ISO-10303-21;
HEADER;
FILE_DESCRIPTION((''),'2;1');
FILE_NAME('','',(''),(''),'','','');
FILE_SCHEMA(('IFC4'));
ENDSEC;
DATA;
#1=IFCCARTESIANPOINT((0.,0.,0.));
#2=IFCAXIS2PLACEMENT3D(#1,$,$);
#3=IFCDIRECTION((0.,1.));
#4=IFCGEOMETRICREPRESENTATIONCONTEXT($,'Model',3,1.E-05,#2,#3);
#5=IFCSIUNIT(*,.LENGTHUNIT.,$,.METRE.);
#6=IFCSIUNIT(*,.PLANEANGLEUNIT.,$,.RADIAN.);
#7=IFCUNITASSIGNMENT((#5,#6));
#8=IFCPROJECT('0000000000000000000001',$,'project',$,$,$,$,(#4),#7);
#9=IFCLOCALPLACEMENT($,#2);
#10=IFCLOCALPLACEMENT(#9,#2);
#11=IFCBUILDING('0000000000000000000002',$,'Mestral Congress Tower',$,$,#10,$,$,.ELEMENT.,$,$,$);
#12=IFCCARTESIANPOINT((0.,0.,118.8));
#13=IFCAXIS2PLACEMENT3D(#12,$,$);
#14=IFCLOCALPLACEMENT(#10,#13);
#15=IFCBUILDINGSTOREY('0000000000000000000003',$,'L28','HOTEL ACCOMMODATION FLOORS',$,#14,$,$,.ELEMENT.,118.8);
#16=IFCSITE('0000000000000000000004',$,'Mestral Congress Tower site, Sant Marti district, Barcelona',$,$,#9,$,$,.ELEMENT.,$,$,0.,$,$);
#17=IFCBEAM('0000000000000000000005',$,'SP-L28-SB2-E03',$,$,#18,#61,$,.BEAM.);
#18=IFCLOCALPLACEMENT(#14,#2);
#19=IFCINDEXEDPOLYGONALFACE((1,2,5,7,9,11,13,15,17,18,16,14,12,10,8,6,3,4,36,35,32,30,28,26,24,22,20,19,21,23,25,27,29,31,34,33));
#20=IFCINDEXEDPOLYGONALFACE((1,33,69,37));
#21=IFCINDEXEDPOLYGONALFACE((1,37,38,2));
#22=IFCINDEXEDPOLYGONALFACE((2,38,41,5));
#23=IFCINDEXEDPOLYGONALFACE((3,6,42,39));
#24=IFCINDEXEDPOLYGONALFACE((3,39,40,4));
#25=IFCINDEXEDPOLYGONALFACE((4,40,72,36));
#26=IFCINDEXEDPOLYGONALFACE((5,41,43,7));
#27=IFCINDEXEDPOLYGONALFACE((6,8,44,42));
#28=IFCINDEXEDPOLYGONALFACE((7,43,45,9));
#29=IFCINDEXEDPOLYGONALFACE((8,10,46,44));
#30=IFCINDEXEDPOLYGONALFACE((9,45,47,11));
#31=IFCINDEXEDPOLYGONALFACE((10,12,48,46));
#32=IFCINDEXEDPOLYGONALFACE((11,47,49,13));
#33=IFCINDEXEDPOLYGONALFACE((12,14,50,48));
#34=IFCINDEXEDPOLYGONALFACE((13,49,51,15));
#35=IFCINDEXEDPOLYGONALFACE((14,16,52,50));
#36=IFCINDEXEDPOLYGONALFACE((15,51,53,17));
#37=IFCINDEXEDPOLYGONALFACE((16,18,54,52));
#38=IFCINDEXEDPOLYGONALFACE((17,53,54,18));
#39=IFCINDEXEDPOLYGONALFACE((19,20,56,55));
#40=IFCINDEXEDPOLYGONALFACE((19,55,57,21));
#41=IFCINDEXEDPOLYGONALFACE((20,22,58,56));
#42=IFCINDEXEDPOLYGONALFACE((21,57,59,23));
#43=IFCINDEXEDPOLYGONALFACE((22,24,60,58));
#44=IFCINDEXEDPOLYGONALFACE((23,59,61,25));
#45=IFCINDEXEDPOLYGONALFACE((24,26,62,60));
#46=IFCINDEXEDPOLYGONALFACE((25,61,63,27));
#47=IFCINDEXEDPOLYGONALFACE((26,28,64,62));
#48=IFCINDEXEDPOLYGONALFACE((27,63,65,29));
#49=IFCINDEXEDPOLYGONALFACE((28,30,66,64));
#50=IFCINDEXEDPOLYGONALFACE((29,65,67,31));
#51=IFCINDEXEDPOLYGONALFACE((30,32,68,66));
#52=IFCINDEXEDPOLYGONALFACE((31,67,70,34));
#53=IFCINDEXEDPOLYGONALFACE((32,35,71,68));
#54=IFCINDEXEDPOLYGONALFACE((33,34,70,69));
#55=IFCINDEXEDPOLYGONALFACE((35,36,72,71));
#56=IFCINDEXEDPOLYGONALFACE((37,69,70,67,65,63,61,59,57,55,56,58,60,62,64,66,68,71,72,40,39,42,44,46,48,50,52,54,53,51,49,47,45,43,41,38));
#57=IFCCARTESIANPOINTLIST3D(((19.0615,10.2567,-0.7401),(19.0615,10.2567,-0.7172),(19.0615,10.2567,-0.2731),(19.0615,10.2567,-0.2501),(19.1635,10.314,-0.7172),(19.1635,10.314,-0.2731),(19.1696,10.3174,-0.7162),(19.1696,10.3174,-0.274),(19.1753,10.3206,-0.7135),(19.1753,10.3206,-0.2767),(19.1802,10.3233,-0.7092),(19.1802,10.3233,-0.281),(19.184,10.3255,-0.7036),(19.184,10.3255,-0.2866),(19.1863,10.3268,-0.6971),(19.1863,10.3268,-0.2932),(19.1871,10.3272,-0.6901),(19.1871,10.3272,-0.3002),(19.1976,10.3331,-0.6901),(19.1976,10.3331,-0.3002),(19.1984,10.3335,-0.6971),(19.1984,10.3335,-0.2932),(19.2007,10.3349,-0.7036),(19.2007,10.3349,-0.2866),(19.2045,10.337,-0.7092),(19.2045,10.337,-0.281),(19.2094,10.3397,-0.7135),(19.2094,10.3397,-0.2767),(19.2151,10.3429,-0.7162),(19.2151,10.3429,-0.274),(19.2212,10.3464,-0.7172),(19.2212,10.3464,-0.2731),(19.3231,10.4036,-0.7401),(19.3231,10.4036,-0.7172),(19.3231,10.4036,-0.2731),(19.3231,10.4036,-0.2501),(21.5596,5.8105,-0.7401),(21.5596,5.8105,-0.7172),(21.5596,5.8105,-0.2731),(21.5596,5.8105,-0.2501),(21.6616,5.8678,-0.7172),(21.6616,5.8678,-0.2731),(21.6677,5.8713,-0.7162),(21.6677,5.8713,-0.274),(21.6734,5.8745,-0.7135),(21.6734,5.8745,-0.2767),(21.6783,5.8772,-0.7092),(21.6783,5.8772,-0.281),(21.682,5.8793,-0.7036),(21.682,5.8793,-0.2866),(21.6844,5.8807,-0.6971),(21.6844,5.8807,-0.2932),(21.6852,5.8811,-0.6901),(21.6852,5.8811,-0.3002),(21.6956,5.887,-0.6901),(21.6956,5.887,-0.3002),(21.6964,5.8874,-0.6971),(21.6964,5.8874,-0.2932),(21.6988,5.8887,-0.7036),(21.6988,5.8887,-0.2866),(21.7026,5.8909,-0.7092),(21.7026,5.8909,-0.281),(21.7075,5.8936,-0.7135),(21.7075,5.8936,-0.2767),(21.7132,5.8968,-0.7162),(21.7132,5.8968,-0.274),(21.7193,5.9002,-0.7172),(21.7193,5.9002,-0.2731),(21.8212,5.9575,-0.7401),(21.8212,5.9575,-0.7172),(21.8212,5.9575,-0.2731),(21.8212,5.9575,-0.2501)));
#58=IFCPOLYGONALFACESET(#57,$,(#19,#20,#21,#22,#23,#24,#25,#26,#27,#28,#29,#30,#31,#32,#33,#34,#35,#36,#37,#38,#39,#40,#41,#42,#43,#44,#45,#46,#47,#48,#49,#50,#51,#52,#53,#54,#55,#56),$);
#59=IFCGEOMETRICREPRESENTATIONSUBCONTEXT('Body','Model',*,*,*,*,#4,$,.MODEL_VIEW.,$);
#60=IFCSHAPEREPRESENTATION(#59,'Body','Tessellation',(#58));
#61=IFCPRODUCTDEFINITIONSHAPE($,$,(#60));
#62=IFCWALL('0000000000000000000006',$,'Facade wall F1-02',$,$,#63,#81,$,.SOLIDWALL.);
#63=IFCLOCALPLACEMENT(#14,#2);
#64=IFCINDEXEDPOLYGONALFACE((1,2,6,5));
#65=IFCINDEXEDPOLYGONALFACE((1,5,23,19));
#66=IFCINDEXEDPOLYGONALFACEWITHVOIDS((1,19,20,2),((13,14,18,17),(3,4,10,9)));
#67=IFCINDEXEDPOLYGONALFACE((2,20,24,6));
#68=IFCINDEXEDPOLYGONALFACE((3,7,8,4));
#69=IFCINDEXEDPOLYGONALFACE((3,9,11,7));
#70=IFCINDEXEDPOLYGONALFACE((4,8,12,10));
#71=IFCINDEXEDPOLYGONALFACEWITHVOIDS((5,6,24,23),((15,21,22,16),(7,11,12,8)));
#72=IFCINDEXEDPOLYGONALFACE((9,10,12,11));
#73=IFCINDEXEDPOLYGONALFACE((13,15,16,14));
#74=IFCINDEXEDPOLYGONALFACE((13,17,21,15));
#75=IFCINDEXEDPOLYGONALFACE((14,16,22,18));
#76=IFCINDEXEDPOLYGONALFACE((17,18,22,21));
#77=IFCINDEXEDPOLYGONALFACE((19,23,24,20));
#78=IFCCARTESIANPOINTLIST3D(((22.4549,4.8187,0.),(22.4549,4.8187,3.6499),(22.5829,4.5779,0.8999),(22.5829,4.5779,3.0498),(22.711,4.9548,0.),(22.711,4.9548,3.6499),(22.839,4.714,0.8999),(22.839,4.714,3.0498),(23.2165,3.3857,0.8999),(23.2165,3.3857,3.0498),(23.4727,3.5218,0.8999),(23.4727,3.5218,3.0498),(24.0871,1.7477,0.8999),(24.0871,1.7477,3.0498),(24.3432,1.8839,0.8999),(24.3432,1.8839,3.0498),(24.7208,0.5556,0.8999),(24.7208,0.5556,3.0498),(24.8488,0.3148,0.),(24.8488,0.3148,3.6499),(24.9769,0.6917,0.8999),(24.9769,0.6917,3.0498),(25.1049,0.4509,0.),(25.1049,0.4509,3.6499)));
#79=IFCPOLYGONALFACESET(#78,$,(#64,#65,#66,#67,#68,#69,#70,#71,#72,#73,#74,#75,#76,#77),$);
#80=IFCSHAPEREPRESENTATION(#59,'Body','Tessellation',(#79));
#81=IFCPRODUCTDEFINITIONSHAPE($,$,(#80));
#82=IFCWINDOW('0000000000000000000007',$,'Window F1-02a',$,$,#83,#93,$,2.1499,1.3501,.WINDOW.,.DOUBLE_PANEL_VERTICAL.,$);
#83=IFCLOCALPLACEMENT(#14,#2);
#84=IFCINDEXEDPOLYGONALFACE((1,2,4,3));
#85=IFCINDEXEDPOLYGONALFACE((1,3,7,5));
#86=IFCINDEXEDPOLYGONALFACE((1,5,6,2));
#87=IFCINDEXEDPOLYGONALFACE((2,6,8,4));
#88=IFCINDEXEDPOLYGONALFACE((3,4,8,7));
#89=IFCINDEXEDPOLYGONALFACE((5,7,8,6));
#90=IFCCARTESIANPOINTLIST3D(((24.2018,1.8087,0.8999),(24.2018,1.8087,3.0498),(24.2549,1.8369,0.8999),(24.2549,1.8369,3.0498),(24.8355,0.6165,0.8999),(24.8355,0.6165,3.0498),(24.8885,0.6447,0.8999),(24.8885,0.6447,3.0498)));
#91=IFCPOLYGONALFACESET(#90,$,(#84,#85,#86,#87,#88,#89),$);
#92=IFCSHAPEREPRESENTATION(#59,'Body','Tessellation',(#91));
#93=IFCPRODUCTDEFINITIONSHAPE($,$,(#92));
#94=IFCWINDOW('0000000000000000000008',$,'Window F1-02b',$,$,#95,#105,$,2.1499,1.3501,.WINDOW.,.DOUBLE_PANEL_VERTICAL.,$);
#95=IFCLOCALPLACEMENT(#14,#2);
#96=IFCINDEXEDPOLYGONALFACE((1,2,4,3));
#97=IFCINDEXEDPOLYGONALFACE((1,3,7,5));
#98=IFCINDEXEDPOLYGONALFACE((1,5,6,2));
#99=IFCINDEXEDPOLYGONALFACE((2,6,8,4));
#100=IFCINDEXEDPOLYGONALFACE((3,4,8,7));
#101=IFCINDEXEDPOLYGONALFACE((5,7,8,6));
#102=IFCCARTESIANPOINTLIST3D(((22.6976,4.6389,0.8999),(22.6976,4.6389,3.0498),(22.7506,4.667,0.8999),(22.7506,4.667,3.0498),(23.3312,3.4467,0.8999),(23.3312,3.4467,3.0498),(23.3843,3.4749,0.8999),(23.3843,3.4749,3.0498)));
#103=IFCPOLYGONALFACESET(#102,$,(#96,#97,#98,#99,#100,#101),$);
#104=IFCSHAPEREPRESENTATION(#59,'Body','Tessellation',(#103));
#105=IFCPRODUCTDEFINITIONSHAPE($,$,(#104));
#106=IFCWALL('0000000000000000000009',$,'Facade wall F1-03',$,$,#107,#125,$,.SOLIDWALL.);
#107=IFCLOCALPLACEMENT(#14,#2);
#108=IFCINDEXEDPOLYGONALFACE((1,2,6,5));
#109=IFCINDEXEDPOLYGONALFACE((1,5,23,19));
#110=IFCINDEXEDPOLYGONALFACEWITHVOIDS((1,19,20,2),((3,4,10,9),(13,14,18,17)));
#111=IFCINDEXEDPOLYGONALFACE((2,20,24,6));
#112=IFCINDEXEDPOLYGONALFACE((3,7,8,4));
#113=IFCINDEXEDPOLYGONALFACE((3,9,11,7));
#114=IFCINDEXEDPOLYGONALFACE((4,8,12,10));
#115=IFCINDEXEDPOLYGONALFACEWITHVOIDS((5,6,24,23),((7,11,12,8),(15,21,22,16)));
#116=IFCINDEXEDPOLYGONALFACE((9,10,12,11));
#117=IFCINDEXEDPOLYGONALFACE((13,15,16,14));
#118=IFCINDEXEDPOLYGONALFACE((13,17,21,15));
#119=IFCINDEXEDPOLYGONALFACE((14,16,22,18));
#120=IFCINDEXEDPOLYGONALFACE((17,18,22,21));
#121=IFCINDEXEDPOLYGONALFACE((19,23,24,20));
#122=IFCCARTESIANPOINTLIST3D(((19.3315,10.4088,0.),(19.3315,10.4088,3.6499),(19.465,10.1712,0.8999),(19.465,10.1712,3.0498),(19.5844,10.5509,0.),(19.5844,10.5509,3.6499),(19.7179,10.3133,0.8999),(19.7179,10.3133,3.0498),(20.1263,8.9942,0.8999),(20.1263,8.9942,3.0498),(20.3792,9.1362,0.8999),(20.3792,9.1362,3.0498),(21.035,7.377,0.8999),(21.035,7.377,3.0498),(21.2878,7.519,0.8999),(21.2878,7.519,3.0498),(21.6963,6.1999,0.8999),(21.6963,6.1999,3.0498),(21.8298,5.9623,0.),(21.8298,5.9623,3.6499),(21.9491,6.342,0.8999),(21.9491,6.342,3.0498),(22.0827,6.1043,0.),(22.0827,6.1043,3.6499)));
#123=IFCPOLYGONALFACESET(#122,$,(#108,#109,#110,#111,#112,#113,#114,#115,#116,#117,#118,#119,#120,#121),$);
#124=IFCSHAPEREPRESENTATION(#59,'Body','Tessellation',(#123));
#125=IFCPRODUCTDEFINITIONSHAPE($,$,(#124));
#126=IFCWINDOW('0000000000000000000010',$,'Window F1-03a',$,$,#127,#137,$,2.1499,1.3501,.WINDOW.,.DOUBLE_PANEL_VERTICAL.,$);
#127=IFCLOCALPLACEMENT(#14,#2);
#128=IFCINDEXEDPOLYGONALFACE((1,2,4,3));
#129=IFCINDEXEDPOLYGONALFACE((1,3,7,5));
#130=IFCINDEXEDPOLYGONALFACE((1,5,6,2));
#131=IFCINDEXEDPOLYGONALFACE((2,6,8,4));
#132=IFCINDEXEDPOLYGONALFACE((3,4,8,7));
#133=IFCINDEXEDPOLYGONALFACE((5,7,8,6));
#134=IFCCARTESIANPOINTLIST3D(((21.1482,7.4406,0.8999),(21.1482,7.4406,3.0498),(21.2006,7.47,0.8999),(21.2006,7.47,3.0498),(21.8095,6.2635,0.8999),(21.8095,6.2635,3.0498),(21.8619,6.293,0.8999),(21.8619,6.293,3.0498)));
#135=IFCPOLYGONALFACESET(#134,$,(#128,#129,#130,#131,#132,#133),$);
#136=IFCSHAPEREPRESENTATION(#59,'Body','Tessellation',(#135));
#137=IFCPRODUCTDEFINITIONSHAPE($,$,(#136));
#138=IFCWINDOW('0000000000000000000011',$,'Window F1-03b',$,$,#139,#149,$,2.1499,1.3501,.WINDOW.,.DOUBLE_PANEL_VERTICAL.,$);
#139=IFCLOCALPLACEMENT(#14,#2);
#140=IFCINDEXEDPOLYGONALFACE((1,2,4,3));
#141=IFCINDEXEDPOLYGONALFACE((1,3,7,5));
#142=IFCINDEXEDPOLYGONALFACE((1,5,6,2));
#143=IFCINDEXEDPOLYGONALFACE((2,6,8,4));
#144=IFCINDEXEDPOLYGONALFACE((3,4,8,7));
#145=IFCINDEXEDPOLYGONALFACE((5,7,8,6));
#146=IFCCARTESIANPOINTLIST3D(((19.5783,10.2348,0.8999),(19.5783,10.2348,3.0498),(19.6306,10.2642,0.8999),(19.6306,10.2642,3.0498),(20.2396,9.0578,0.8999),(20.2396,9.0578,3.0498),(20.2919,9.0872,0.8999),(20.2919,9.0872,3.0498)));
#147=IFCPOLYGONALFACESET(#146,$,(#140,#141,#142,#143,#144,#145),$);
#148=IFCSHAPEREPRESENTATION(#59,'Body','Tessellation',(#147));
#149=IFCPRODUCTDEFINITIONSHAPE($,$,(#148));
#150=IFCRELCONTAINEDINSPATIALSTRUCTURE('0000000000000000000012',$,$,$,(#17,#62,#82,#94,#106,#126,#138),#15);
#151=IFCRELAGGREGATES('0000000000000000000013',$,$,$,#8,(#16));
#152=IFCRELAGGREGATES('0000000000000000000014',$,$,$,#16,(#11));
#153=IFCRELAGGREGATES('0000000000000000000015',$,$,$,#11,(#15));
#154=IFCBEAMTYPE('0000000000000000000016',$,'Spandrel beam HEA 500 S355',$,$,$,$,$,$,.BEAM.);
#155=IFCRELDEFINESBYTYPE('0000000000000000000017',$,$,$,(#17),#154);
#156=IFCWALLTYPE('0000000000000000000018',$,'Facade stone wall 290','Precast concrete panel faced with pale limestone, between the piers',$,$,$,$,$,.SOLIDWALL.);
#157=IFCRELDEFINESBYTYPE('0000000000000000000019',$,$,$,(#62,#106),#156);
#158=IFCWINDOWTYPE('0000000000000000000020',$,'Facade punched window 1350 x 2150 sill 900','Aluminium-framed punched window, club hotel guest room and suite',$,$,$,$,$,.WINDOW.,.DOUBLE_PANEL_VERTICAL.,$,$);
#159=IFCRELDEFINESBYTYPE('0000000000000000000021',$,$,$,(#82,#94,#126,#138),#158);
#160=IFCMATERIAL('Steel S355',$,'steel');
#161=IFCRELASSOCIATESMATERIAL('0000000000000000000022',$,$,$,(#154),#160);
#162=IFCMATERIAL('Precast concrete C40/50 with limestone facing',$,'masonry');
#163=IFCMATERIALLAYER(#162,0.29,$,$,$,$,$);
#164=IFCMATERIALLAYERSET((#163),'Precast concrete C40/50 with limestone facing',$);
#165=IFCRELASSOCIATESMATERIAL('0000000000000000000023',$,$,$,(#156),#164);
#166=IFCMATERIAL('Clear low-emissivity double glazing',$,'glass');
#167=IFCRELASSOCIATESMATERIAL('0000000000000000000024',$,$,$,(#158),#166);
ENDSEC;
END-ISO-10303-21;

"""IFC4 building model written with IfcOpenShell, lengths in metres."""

from ifc_helpers import new_model, si_unit, direction, frame, frame_2d, origin, origin_2d, place, context, subcontext, project, spatial, rectangle, i_section, extrude, material, layer, layer_set, material_profile, profile_set, type_object, element, fill, save


model = new_model("IFC4")

# Units and contexts
model_context = context("Model", 3, precision=1e-05, world=origin(), true_north=direction((0.0, 1.0)))
body_context = subcontext(model_context, "Body", "Model", "MODEL_VIEW")
ifc_project = project(units=[si_unit("LENGTHUNIT", "METRE"), si_unit("PLANEANGLEUNIT", "RADIAN")], contexts=[model_context])

# Site, building, storey
site_placement = place(None, origin())
site = spatial("IfcSite", under=ifc_project, at=site_placement, Name="Mestral Congress Tower site, Sant Marti district, Barcelona", CompositionType="ELEMENT", RefElevation=0.0)
building_placement = place(site_placement, origin())
building = spatial("IfcBuilding", under=site, at=building_placement, Name="Mestral Congress Tower", CompositionType="ELEMENT")
storey_placement = place(building_placement, frame((0.0, 0.0, 118.8)))
storey = spatial("IfcBuildingStorey", under=building, at=storey_placement, Name="L28", Description="HOTEL ACCOMMODATION FLOORS", CompositionType="ELEMENT", Elevation=118.8)

# Beam
ifc_material_1 = material(Name="Steel S355", Category="steel")
ifc_material_profile_1 = material_profile(ifc_material_1, i_section(OverallWidth=0.3, OverallDepth=0.49, WebThickness=0.012, FlangeThickness=0.0229, FilletRadius=0.0271, at=origin_2d()), Name="HEA 500")
ifc_profile_set_1 = profile_set([ifc_material_profile_1], Name="Steel S355")
beam_type_1 = type_object("IfcBeamType", Name="Spandrel beam HEA 500 S355", PredefinedType="BEAM", material=ifc_profile_set_1)
for number, where, z_axis, x_axis, name in (
    (1, (21.6904, 5.884, -0.4951), (-0.489836, 0.871815, 0.0), (-0.871815, -0.489836, 0.0), "SP-L28-SB2-E03"),
):
    element("IfcBeam", number, at=place(storey_placement, frame(where, z_axis=z_axis, x_axis=x_axis)), inside=storey, type_object=beam_type_1, Name=name, PredefinedType="BEAM", context=body_context, shape_type="SweptSolid", body=[
        extrude(i_section(OverallWidth=0.3, OverallDepth=0.49, WebThickness=0.012, FlangeThickness=0.0229, FilletRadius=0.0271, at=origin_2d()), origin(), (0.0, 0.0, 1.0), 5.0999),
    ])

# Walls, openings, windows
ifc_material_2 = material(Name="Precast concrete C40/50 with limestone facing", Category="masonry")
ifc_layer_1 = layer(ifc_material_2, 0.29)
ifc_layer_set_1 = layer_set([ifc_layer_1], Name="Precast concrete C40/50 with limestone facing")
wall_type_1 = type_object("IfcWallType", Name="Facade stone wall 290", Description="Precast concrete panel faced with pale limestone, between the piers", PredefinedType="SOLIDWALL", material=ifc_layer_set_1)
wall_1_placement = place(storey_placement, frame((24.9768, 0.3828, 0.0), z_axis=(0.0, 0.0, 1.0), x_axis=(-0.469323, 0.883026, 0.0)))
wall_1 = element("IfcWall", 2, at=wall_1_placement, inside=storey, type_object=wall_type_1, Name="Facade wall F1-02", PredefinedType="SOLIDWALL", context=body_context, shape_type="SweptSolid", body=[
    extrude(rectangle(XDim=5.1006, YDim=0.29, at=frame_2d((2.5503, 0.0))), origin(), (0.0, 0.0, 1.0), 3.6499),
])
opening_1_placement = place(wall_1_placement, frame((0.2727, 0.0, 0.8999)))
opening_1 = element("IfcOpeningElement", 3, at=opening_1_placement, cuts=wall_1, PredefinedType="OPENING", context=body_context, shape_type="SweptSolid", body=[
    extrude(rectangle(XDim=1.3501, YDim=2.1499, at=frame_2d((0.675, 1.075))), frame((0.0, 0.155, 0.0), z_axis=(0.0, -1.0, 0.0), x_axis=(1.0, 0.0, 0.0)), (0.0, 0.0, 1.0), 0.3101),
])
opening_2_placement = place(wall_1_placement, frame((3.4778, 0.0, 0.8999)))
opening_2 = element("IfcOpeningElement", 4, at=opening_2_placement, cuts=wall_1, PredefinedType="OPENING", context=body_context, shape_type="SweptSolid", body=[
    extrude(rectangle(XDim=1.3501, YDim=2.1499, at=frame_2d((0.675, 1.075))), frame((0.0, 0.155, 0.0), z_axis=(0.0, -1.0, 0.0), x_axis=(1.0, 0.0, 0.0)), (0.0, 0.0, 1.0), 0.3101),
])
ifc_material_3 = material(Name="Clear low-emissivity double glazing", Category="glass")
window_type = type_object("IfcWindowType", Name="Facade punched window 1350 x 2150 sill 900", Description="Aluminium-framed punched window, club hotel guest room and suite", PartitioningType="DOUBLE_PANEL_VERTICAL", PredefinedType="WINDOW", material=ifc_material_3)
window_1_placement = place(opening_1_placement, origin())
window_1 = element("IfcWindow", 5, at=window_1_placement, inside=storey, type_object=window_type, Name="Window F1-02a", OverallHeight=2.1499, OverallWidth=1.3501, PartitioningType="DOUBLE_PANEL_VERTICAL", PredefinedType="WINDOW", context=body_context, shape_type="SweptSolid", body=[
    extrude(rectangle(XDim=1.3501, YDim=2.1499, at=frame_2d((0.675, 1.075))), frame((0.0, 0.0151, 0.0), z_axis=(0.0, -1.0, 0.0), x_axis=(1.0, 0.0, 0.0)), (0.0, 0.0, 1.0), 0.0601),
])
fill(opening_1, window_1)
window_2_placement = place(opening_2_placement, origin())
window_2 = element("IfcWindow", 6, at=window_2_placement, inside=storey, type_object=window_type, Name="Window F1-02b", OverallHeight=2.1499, OverallWidth=1.3501, PartitioningType="DOUBLE_PANEL_VERTICAL", PredefinedType="WINDOW", context=body_context, shape_type="SweptSolid", body=[
    extrude(rectangle(XDim=1.3501, YDim=2.1499, at=frame_2d((0.675, 1.075))), frame((0.0, 0.0151, 0.0), z_axis=(0.0, -1.0, 0.0), x_axis=(1.0, 0.0, 0.0)), (0.0, 0.0, 1.0), 0.0601),
])
fill(opening_2, window_2)
wall_2_placement = place(storey_placement, frame((21.9563, 6.0332, 0.0), z_axis=(0.0, 0.0, 1.0), x_axis=(-0.489832, 0.871817, 0.0)))
wall_2 = element("IfcWall", 7, at=wall_2_placement, inside=storey, type_object=wall_type_1, Name="Facade wall F1-03", PredefinedType="SOLIDWALL", context=body_context, shape_type="SweptSolid", body=[
    extrude(rectangle(XDim=5.1003, YDim=0.29, at=frame_2d((2.5503, 0.0))), origin(), (0.0, 0.0, 1.0), 3.6499),
])
opening_3_placement = place(wall_2_placement, frame((0.2727, 0.0, 0.8999)))
opening_3 = element("IfcOpeningElement", 8, at=opening_3_placement, cuts=wall_2, PredefinedType="OPENING", context=body_context, shape_type="SweptSolid", body=[
    extrude(rectangle(XDim=1.3501, YDim=2.1499, at=frame_2d((0.675, 1.075))), frame((0.0, 0.155, 0.0), z_axis=(0.0, -1.0, 0.0), x_axis=(1.0, 0.0, 0.0)), (0.0, 0.0, 1.0), 0.3101),
])
opening_4_placement = place(wall_2_placement, frame((3.4778, 0.0, 0.8999)))
opening_4 = element("IfcOpeningElement", 9, at=opening_4_placement, cuts=wall_2, PredefinedType="OPENING", context=body_context, shape_type="SweptSolid", body=[
    extrude(rectangle(XDim=1.3501, YDim=2.1499, at=frame_2d((0.675, 1.075))), frame((0.0, 0.155, 0.0), z_axis=(0.0, -1.0, 0.0), x_axis=(1.0, 0.0, 0.0)), (0.0, 0.0, 1.0), 0.3101),
])
window_3_placement = place(opening_3_placement, origin())
window_3 = element("IfcWindow", 10, at=window_3_placement, inside=storey, type_object=window_type, Name="Window F1-03a", OverallHeight=2.1499, OverallWidth=1.3501, PartitioningType="DOUBLE_PANEL_VERTICAL", PredefinedType="WINDOW", context=body_context, shape_type="SweptSolid", body=[
    extrude(rectangle(XDim=1.3501, YDim=2.1499, at=frame_2d((0.675, 1.075))), frame((0.0, 0.0151, 0.0), z_axis=(0.0, -1.0, 0.0), x_axis=(1.0, 0.0, 0.0)), (0.0, 0.0, 1.0), 0.0601),
])
fill(opening_3, window_3)
window_4_placement = place(opening_4_placement, origin())
window_4 = element("IfcWindow", 11, at=window_4_placement, inside=storey, type_object=window_type, Name="Window F1-03b", OverallHeight=2.1499, OverallWidth=1.3501, PartitioningType="DOUBLE_PANEL_VERTICAL", PredefinedType="WINDOW", context=body_context, shape_type="SweptSolid", body=[
    extrude(rectangle(XDim=1.3501, YDim=2.1499, at=frame_2d((0.675, 1.075))), frame((0.0, 0.0151, 0.0), z_axis=(0.0, -1.0, 0.0), x_axis=(1.0, 0.0, 0.0)), (0.0, 0.0, 1.0), 0.0601),
])
fill(opening_4, window_4)

save(model, "model.ifc")
